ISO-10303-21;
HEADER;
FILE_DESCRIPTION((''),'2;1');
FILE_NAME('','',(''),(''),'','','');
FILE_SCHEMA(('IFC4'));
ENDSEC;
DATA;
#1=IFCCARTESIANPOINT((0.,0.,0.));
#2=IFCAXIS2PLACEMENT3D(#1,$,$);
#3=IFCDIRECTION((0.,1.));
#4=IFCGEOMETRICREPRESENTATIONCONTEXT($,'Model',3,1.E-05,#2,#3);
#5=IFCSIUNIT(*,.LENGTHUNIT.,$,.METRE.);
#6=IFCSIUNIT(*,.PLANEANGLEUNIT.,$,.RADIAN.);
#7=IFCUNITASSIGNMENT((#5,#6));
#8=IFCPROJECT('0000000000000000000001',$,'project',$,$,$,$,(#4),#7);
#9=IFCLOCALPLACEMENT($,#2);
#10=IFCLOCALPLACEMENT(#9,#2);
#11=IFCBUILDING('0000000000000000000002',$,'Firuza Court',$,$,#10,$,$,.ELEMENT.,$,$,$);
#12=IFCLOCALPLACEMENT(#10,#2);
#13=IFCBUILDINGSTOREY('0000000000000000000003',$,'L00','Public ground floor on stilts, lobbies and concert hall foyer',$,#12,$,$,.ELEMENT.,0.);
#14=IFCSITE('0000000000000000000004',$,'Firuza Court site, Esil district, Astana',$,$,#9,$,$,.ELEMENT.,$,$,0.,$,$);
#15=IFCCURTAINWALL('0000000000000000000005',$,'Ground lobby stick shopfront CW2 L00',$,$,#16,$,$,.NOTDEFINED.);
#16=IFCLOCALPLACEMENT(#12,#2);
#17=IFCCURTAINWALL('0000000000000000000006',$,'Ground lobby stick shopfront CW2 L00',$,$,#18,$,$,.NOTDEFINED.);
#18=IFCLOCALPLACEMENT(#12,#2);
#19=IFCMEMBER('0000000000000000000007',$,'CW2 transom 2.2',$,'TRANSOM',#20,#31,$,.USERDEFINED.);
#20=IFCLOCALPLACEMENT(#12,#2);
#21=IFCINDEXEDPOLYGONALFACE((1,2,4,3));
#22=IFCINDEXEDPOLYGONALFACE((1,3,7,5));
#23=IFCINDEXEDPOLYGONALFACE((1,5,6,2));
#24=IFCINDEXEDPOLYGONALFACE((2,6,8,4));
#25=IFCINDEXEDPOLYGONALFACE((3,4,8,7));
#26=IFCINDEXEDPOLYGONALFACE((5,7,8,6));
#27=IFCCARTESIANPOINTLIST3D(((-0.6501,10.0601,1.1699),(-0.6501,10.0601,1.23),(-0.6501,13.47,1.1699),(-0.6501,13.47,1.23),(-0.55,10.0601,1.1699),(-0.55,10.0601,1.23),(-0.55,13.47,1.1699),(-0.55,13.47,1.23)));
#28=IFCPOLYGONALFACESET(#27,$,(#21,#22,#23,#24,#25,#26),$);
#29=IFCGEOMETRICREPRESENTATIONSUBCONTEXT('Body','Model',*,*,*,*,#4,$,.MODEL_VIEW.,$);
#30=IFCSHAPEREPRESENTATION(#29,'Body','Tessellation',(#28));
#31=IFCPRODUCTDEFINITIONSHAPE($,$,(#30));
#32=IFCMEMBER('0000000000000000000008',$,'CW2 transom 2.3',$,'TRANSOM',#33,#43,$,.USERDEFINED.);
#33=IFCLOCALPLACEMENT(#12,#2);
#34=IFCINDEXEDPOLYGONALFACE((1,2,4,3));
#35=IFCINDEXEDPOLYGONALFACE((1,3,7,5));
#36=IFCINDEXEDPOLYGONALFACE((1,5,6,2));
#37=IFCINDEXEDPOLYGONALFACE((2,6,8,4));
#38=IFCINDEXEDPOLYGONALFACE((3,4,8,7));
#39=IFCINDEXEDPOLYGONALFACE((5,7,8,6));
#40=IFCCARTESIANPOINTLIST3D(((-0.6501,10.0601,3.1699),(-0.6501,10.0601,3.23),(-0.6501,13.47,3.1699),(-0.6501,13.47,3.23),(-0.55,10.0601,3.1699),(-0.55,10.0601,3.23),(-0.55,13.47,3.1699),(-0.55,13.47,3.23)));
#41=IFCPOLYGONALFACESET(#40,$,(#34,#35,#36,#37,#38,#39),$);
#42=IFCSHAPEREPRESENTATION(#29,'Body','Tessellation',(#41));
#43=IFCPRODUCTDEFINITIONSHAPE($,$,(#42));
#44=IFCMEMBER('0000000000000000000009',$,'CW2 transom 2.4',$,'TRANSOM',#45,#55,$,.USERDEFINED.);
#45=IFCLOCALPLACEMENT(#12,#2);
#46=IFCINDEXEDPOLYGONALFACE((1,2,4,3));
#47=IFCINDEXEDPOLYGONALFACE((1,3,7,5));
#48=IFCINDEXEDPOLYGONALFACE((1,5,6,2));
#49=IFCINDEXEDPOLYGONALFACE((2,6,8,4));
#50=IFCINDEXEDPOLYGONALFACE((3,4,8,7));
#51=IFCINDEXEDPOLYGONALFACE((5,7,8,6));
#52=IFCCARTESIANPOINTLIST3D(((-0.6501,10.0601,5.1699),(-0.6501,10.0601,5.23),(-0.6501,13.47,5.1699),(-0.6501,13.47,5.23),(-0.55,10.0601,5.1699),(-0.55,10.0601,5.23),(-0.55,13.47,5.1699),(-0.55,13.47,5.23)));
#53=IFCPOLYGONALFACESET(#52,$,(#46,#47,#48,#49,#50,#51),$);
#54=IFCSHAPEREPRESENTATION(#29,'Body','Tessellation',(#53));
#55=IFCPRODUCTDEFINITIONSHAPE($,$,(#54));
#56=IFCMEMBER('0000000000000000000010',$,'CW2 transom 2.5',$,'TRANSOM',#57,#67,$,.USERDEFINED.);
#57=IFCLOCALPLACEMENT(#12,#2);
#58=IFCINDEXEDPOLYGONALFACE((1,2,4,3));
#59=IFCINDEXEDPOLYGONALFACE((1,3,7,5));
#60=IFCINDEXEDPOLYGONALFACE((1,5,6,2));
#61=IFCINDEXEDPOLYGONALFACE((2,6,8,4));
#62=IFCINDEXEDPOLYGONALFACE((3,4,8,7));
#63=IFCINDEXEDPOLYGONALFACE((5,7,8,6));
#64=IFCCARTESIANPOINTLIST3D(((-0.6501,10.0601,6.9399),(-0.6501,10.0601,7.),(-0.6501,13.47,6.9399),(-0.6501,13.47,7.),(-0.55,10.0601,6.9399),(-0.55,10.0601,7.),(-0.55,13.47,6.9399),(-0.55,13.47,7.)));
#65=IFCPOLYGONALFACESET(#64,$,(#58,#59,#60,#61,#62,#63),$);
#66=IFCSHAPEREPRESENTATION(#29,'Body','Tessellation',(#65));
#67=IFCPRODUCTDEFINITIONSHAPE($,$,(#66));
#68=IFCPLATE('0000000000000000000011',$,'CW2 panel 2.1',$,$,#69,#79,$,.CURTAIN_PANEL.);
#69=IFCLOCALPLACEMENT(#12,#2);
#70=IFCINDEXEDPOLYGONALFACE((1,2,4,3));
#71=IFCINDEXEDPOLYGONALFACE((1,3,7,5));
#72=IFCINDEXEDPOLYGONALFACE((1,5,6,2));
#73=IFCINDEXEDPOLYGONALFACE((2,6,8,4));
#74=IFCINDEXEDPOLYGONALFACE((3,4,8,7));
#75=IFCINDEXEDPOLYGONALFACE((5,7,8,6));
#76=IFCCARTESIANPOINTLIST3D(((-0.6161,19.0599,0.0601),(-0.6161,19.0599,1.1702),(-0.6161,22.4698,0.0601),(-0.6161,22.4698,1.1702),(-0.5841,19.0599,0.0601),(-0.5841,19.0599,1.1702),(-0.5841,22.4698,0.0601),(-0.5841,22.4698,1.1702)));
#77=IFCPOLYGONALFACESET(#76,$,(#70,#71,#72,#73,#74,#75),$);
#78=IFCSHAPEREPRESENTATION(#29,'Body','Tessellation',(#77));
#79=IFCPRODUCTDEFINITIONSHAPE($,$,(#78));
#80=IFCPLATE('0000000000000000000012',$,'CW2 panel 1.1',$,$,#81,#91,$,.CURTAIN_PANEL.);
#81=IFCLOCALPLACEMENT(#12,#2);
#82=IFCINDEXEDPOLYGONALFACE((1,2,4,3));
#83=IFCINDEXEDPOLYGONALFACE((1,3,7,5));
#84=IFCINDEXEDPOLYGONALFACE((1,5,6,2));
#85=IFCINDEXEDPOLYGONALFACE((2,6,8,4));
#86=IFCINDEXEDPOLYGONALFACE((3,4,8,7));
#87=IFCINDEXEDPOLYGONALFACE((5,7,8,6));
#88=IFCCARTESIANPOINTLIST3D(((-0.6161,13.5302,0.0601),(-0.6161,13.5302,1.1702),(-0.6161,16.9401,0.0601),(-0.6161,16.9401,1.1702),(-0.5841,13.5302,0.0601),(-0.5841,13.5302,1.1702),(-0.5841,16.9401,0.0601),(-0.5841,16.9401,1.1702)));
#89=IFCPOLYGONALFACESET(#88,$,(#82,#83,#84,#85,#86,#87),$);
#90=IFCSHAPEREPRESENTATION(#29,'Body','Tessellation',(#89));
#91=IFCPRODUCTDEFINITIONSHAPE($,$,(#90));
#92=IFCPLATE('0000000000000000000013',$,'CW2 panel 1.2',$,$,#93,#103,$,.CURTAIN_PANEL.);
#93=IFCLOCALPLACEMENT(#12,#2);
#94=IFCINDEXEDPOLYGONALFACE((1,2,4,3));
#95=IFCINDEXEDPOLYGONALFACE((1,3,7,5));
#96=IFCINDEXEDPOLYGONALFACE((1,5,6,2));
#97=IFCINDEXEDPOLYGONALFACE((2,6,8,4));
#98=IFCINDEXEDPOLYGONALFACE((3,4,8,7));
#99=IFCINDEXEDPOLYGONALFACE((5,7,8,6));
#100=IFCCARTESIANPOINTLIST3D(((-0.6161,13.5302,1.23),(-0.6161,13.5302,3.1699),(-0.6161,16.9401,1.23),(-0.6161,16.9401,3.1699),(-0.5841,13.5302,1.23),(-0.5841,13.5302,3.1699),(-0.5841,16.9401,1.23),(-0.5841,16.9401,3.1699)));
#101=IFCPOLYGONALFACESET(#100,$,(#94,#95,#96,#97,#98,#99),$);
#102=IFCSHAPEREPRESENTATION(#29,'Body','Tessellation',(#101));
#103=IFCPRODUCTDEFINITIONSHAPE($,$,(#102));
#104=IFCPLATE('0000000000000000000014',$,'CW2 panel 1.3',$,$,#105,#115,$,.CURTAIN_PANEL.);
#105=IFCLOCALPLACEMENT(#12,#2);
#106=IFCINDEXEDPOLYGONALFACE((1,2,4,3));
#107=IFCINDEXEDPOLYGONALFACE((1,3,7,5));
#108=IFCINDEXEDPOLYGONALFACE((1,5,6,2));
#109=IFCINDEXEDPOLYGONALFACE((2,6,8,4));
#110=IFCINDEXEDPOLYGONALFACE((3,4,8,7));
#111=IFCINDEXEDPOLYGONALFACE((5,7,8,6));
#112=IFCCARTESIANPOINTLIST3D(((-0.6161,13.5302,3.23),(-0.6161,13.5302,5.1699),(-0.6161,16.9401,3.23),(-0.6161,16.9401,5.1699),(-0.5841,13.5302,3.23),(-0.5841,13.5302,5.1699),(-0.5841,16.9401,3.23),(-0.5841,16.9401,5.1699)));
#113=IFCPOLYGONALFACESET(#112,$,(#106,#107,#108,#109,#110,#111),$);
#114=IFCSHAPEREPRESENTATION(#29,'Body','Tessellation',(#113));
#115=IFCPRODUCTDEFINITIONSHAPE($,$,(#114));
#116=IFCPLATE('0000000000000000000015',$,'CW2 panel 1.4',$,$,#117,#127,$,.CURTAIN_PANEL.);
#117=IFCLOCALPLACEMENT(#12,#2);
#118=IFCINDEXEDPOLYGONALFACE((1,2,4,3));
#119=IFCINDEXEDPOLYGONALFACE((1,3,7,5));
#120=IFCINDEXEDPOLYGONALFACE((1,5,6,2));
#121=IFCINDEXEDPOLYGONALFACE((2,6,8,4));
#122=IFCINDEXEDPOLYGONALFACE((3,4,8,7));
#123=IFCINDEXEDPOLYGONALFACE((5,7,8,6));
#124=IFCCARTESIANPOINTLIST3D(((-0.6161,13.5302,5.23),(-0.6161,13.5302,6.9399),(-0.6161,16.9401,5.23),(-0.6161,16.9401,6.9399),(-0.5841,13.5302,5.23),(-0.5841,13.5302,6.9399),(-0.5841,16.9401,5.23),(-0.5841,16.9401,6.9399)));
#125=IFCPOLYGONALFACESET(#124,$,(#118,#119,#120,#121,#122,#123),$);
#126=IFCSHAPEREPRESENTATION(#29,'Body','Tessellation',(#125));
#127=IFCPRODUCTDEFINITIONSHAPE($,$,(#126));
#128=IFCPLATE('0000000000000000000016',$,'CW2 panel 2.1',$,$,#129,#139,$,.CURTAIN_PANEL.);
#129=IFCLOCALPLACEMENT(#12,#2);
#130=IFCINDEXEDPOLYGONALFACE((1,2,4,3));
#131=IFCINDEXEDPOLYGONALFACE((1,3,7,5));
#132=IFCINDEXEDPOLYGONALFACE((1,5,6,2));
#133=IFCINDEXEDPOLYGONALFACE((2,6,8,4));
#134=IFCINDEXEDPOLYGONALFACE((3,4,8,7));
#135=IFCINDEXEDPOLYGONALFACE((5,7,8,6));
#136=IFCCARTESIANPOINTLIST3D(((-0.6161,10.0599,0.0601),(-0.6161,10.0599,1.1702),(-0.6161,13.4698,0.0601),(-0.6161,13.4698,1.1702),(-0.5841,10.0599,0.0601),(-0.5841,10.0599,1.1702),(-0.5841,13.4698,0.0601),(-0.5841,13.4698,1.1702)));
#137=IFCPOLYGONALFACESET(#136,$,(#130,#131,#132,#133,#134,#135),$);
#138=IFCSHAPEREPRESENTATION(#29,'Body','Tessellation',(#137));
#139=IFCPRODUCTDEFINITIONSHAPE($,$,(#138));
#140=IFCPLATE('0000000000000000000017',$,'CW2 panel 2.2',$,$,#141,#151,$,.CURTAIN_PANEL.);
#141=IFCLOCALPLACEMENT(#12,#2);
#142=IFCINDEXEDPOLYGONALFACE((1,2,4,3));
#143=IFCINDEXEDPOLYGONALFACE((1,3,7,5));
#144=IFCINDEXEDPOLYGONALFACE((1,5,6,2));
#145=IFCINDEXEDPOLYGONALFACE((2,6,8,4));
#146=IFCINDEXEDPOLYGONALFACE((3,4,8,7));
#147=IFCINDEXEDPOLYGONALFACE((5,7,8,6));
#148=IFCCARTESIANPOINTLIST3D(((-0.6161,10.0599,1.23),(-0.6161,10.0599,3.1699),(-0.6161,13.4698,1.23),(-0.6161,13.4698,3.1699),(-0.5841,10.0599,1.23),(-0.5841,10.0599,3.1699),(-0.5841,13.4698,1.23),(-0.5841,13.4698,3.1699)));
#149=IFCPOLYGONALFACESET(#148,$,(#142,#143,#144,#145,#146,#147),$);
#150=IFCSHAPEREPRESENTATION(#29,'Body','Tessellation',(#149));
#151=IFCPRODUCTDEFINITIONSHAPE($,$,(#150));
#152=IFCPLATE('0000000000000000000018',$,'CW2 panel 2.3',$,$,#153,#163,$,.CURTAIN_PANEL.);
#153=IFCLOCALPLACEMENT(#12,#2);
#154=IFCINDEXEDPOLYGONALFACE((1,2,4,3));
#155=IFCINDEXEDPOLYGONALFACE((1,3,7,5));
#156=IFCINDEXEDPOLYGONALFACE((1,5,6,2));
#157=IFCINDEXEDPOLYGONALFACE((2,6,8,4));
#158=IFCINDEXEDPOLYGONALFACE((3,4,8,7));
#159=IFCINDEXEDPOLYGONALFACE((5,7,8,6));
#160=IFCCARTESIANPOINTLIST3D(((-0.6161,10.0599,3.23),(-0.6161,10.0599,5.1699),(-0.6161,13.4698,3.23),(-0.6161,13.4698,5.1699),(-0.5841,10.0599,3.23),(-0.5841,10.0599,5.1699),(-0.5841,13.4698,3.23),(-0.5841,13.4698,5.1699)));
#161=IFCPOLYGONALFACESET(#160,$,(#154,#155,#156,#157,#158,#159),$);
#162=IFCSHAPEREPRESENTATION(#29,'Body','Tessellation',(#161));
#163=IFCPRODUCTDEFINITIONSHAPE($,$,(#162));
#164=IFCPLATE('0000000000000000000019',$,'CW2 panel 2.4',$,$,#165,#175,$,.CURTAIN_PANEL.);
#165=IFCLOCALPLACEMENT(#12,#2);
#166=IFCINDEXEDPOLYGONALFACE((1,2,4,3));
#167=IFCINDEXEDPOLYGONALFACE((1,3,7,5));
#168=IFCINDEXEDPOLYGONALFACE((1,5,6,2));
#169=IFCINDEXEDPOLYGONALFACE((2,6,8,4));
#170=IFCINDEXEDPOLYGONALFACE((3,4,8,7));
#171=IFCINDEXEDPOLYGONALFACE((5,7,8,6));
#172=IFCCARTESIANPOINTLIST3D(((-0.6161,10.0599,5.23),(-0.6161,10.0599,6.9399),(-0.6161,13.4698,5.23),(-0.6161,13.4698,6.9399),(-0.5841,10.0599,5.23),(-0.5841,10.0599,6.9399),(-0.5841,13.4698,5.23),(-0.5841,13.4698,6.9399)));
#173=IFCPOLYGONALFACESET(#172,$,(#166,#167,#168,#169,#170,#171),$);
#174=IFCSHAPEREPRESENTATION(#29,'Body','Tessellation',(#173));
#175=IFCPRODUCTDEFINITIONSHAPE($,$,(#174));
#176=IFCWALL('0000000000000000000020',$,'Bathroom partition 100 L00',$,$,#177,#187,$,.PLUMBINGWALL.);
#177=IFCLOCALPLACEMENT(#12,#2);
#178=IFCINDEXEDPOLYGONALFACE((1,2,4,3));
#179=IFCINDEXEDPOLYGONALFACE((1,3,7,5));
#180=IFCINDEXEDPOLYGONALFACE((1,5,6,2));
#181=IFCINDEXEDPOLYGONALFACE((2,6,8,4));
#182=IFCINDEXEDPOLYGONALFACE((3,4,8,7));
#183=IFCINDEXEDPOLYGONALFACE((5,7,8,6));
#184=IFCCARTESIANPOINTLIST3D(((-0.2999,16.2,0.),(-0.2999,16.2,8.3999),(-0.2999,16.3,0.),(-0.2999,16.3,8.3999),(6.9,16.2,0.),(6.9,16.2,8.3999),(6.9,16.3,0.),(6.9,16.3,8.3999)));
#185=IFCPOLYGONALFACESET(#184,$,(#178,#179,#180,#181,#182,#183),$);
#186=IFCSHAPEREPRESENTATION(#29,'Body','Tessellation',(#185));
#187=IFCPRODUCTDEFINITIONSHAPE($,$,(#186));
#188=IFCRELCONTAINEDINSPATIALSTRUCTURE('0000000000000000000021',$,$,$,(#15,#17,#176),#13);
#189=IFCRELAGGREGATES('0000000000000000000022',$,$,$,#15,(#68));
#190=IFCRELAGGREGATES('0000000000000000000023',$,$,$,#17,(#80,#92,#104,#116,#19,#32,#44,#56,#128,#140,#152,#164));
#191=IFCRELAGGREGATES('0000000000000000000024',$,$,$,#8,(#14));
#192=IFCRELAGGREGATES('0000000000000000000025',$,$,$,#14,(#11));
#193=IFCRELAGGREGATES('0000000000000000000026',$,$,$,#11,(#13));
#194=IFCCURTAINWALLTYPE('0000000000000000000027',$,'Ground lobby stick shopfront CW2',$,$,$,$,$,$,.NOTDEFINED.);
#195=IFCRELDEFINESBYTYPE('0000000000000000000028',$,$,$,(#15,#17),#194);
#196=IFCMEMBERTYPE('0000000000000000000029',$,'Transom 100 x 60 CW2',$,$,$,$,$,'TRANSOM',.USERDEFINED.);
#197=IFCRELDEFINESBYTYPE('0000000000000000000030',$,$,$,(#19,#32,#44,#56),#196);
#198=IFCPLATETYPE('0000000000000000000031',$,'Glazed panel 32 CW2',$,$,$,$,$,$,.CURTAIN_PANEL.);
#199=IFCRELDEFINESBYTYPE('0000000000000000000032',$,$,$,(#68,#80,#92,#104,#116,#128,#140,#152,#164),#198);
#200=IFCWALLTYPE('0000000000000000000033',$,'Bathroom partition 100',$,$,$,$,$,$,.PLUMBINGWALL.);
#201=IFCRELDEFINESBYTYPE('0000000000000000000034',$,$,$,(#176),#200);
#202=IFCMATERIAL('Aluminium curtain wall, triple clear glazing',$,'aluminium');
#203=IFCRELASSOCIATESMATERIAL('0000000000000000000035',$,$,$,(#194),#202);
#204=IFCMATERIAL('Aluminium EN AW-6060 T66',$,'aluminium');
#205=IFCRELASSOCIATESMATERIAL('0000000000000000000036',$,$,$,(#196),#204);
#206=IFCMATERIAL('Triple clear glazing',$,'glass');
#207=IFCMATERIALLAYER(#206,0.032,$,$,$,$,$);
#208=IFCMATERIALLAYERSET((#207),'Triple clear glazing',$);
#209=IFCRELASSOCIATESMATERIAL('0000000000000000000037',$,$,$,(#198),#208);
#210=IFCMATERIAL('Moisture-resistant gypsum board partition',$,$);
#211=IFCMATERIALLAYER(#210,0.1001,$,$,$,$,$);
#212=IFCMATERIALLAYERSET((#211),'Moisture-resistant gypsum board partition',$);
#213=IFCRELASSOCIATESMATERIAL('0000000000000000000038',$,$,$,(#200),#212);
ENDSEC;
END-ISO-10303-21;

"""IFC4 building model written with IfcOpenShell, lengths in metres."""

from ifc_helpers import new_model, si_unit, direction, frame, frame_2d, origin, origin_2d, place, context, subcontext, project, spatial, rectangle, extrude, material, layer, layer_set, material_profile, profile_set, type_object, element, aggregate, save


model = new_model("IFC4")

# Units and contexts
model_context = context("Model", 3, precision=1e-05, world=origin(), true_north=direction((0.0, 1.0)))
body_context = subcontext(model_context, "Body", "Model", "MODEL_VIEW")
ifc_project = project(units=[si_unit("LENGTHUNIT", "METRE"), si_unit("PLANEANGLEUNIT", "RADIAN")], contexts=[model_context])

# Site, building, storey
site_placement = place(None, origin())
site = spatial("IfcSite", under=ifc_project, at=site_placement, Name="Firuza Court site, Esil district, Astana", CompositionType="ELEMENT", RefElevation=0.0)
building_placement = place(site_placement, origin())
building = spatial("IfcBuilding", under=site, at=building_placement, Name="Firuza Court", CompositionType="ELEMENT")
storey_placement = place(building_placement, origin())
storey = spatial("IfcBuildingStorey", under=building, at=storey_placement, Name="L00", Description="Public ground floor on stilts, lobbies and concert hall foyer", CompositionType="ELEMENT", Elevation=0.0)

# Curtain wall
ifc_material_1 = material(Name="Aluminium curtain wall, triple clear glazing", Category="aluminium")
curtain_wall_type = type_object("IfcCurtainWallType", Name="Ground lobby stick shopfront CW2", PredefinedType="NOTDEFINED", material=ifc_material_1)
curtain_wall_1_placement = place(storey_placement, origin())
curtain_wall_1 = element("IfcCurtainWall", 1, at=curtain_wall_1_placement, inside=storey, type_object=curtain_wall_type, Name="Ground lobby stick shopfront CW2 L00", PredefinedType="NOTDEFINED")

# Curtain wall
curtain_wall_2_placement = place(storey_placement, origin())
curtain_wall_2 = element("IfcCurtainWall", 2, at=curtain_wall_2_placement, inside=storey, type_object=curtain_wall_type, Name="Ground lobby stick shopfront CW2 L00", PredefinedType="NOTDEFINED")

# Members
ifc_material_2 = material(Name="Aluminium EN AW-6060 T66", Category="aluminium")
ifc_material_profile_1 = material_profile(ifc_material_2, rectangle(XDim=0.1001, YDim=0.0601, at=origin_2d()), Name="Transom 100 x 60 CW2")
ifc_profile_set_1 = profile_set([ifc_material_profile_1], Name="Aluminium EN AW-6060 T66")
member_type_1 = type_object("IfcMemberType", Name="Transom 100 x 60 CW2", ElementType="TRANSOM", PredefinedType="USERDEFINED", material=ifc_profile_set_1)
member_1_placement = place(storey_placement, frame((-0.6001, 13.47, 1.2), z_axis=(0.0, -1.0, 0.0), x_axis=(1.0, 0.0, 0.0)))
member_1 = element("IfcMember", 3, at=member_1_placement, type_object=member_type_1, Name="CW2 transom 2.2", ObjectType="TRANSOM", PredefinedType="USERDEFINED", context=body_context, shape_type="SweptSolid", body=[
    extrude(rectangle(XDim=0.1001, YDim=0.0601, at=origin_2d()), origin(), (0.0, 0.0, 1.0), 3.4099),
])
member_2_placement = place(storey_placement, frame((-0.6001, 13.47, 3.2), z_axis=(0.0, -1.0, 0.0), x_axis=(1.0, 0.0, 0.0)))
member_2 = element("IfcMember", 4, at=member_2_placement, type_object=member_type_1, Name="CW2 transom 2.3", ObjectType="TRANSOM", PredefinedType="USERDEFINED", context=body_context, shape_type="SweptSolid", body=[
    extrude(rectangle(XDim=0.1001, YDim=0.0601, at=origin_2d()), origin(), (0.0, 0.0, 1.0), 3.4099),
])
member_3_placement = place(storey_placement, frame((-0.6001, 13.47, 5.2), z_axis=(0.0, -1.0, 0.0), x_axis=(1.0, 0.0, 0.0)))
member_3 = element("IfcMember", 5, at=member_3_placement, type_object=member_type_1, Name="CW2 transom 2.4", ObjectType="TRANSOM", PredefinedType="USERDEFINED", context=body_context, shape_type="SweptSolid", body=[
    extrude(rectangle(XDim=0.1001, YDim=0.0601, at=origin_2d()), origin(), (0.0, 0.0, 1.0), 3.4099),
])
member_4_placement = place(storey_placement, frame((-0.6001, 13.47, 6.97), z_axis=(0.0, -1.0, 0.0), x_axis=(1.0, 0.0, 0.0)))
member_4 = element("IfcMember", 6, at=member_4_placement, type_object=member_type_1, Name="CW2 transom 2.5", ObjectType="TRANSOM", PredefinedType="USERDEFINED", context=body_context, shape_type="SweptSolid", body=[
    extrude(rectangle(XDim=0.1001, YDim=0.0601, at=origin_2d()), origin(), (0.0, 0.0, 1.0), 3.4099),
])

# Plates
ifc_material_3 = material(Name="Triple clear glazing", Category="glass")
ifc_layer_1 = layer(ifc_material_3, 0.032)
ifc_layer_set_1 = layer_set([ifc_layer_1], Name="Triple clear glazing")
plate_type = type_object("IfcPlateType", Name="Glazed panel 32 CW2", PredefinedType="CURTAIN_PANEL", material=ifc_layer_set_1)
plate_1_placement = place(storey_placement, frame((-0.6001, 20.7649, 0.0601), z_axis=(0.0, 0.0, 1.0), x_axis=(0.0, -1.0, 0.0)))
plate_1 = element("IfcPlate", 7, at=plate_1_placement, type_object=plate_type, Name="CW2 panel 2.1", PredefinedType="CURTAIN_PANEL", context=body_context, shape_type="SweptSolid", body=[
    extrude(rectangle(XDim=3.4099, YDim=0.032, at=origin_2d()), origin(), (0.0, 0.0, 1.0), 1.1101),
])
aggregate(curtain_wall_1, [plate_1])
plate_2_placement = place(storey_placement, frame((-0.6001, 15.2351, 0.0601), z_axis=(0.0, 0.0, 1.0), x_axis=(0.0, -1.0, 0.0)))
plate_2 = element("IfcPlate", 8, at=plate_2_placement, type_object=plate_type, Name="CW2 panel 1.1", PredefinedType="CURTAIN_PANEL", context=body_context, shape_type="SweptSolid", body=[
    extrude(rectangle(XDim=3.4099, YDim=0.032, at=origin_2d()), origin(), (0.0, 0.0, 1.0), 1.1101),
])
plate_3_placement = place(storey_placement, frame((-0.6001, 15.2351, 1.23), z_axis=(0.0, 0.0, 1.0), x_axis=(0.0, -1.0, 0.0)))
plate_3 = element("IfcPlate", 9, at=plate_3_placement, type_object=plate_type, Name="CW2 panel 1.2", PredefinedType="CURTAIN_PANEL", context=body_context, shape_type="SweptSolid", body=[
    extrude(rectangle(XDim=3.4099, YDim=0.032, at=origin_2d()), origin(), (0.0, 0.0, 1.0), 1.9399),
])
plate_4_placement = place(storey_placement, frame((-0.6001, 15.2351, 3.23), z_axis=(0.0, 0.0, 1.0), x_axis=(0.0, -1.0, 0.0)))
plate_4 = element("IfcPlate", 10, at=plate_4_placement, type_object=plate_type, Name="CW2 panel 1.3", PredefinedType="CURTAIN_PANEL", context=body_context, shape_type="SweptSolid", body=[
    extrude(rectangle(XDim=3.4099, YDim=0.032, at=origin_2d()), origin(), (0.0, 0.0, 1.0), 1.9399),
])
plate_5_placement = place(storey_placement, frame((-0.6001, 15.2351, 5.23), z_axis=(0.0, 0.0, 1.0), x_axis=(0.0, -1.0, 0.0)))
plate_5 = element("IfcPlate", 11, at=plate_5_placement, type_object=plate_type, Name="CW2 panel 1.4", PredefinedType="CURTAIN_PANEL", context=body_context, shape_type="SweptSolid", body=[
    extrude(rectangle(XDim=3.4099, YDim=0.032, at=origin_2d()), origin(), (0.0, 0.0, 1.0), 1.71),
])
plate_6_placement = place(storey_placement, frame((-0.6001, 11.7649, 0.0601), z_axis=(0.0, 0.0, 1.0), x_axis=(0.0, -1.0, 0.0)))
plate_6 = element("IfcPlate", 12, at=plate_6_placement, type_object=plate_type, Name="CW2 panel 2.1", PredefinedType="CURTAIN_PANEL", context=body_context, shape_type="SweptSolid", body=[
    extrude(rectangle(XDim=3.4099, YDim=0.032, at=origin_2d()), origin(), (0.0, 0.0, 1.0), 1.1101),
])
plate_7_placement = place(storey_placement, frame((-0.6001, 11.7649, 1.23), z_axis=(0.0, 0.0, 1.0), x_axis=(0.0, -1.0, 0.0)))
plate_7 = element("IfcPlate", 13, at=plate_7_placement, type_object=plate_type, Name="CW2 panel 2.2", PredefinedType="CURTAIN_PANEL", context=body_context, shape_type="SweptSolid", body=[
    extrude(rectangle(XDim=3.4099, YDim=0.032, at=origin_2d()), origin(), (0.0, 0.0, 1.0), 1.9399),
])
plate_8_placement = place(storey_placement, frame((-0.6001, 11.7649, 3.23), z_axis=(0.0, 0.0, 1.0), x_axis=(0.0, -1.0, 0.0)))
plate_8 = element("IfcPlate", 14, at=plate_8_placement, type_object=plate_type, Name="CW2 panel 2.3", PredefinedType="CURTAIN_PANEL", context=body_context, shape_type="SweptSolid", body=[
    extrude(rectangle(XDim=3.4099, YDim=0.032, at=origin_2d()), origin(), (0.0, 0.0, 1.0), 1.9399),
])
plate_9_placement = place(storey_placement, frame((-0.6001, 11.7649, 5.23), z_axis=(0.0, 0.0, 1.0), x_axis=(0.0, -1.0, 0.0)))
plate_9 = element("IfcPlate", 15, at=plate_9_placement, type_object=plate_type, Name="CW2 panel 2.4", PredefinedType="CURTAIN_PANEL", context=body_context, shape_type="SweptSolid", body=[
    extrude(rectangle(XDim=3.4099, YDim=0.032, at=origin_2d()), origin(), (0.0, 0.0, 1.0), 1.71),
])
aggregate(curtain_wall_2, [plate_2, plate_3, plate_4, plate_5, member_1, member_2, member_3, member_4, plate_6, plate_7, plate_8, plate_9])

# Wall
ifc_material_4 = material(Name="Moisture-resistant gypsum board partition")
ifc_layer_2 = layer(ifc_material_4, 0.1001)
ifc_layer_set_2 = layer_set([ifc_layer_2], Name="Moisture-resistant gypsum board partition")
wall_type = type_object("IfcWallType", Name="Bathroom partition 100", PredefinedType="PLUMBINGWALL", material=ifc_layer_set_2)
wall_placement = place(storey_placement, frame((-0.3, 16.25, 0.0), z_axis=(0.0, 0.0, 1.0), x_axis=(1.0, 0.0, 0.0)))
element("IfcWall", 16, at=wall_placement, inside=storey, type_object=wall_type, Name="Bathroom partition 100 L00", PredefinedType="PLUMBINGWALL", context=body_context, shape_type="SweptSolid", body=[
    extrude(rectangle(XDim=7.2, YDim=0.1001, at=frame_2d((3.6001, 0.0))), origin(), (0.0, 0.0, 1.0), 8.3999),
])

save(model, "model.ifc")
